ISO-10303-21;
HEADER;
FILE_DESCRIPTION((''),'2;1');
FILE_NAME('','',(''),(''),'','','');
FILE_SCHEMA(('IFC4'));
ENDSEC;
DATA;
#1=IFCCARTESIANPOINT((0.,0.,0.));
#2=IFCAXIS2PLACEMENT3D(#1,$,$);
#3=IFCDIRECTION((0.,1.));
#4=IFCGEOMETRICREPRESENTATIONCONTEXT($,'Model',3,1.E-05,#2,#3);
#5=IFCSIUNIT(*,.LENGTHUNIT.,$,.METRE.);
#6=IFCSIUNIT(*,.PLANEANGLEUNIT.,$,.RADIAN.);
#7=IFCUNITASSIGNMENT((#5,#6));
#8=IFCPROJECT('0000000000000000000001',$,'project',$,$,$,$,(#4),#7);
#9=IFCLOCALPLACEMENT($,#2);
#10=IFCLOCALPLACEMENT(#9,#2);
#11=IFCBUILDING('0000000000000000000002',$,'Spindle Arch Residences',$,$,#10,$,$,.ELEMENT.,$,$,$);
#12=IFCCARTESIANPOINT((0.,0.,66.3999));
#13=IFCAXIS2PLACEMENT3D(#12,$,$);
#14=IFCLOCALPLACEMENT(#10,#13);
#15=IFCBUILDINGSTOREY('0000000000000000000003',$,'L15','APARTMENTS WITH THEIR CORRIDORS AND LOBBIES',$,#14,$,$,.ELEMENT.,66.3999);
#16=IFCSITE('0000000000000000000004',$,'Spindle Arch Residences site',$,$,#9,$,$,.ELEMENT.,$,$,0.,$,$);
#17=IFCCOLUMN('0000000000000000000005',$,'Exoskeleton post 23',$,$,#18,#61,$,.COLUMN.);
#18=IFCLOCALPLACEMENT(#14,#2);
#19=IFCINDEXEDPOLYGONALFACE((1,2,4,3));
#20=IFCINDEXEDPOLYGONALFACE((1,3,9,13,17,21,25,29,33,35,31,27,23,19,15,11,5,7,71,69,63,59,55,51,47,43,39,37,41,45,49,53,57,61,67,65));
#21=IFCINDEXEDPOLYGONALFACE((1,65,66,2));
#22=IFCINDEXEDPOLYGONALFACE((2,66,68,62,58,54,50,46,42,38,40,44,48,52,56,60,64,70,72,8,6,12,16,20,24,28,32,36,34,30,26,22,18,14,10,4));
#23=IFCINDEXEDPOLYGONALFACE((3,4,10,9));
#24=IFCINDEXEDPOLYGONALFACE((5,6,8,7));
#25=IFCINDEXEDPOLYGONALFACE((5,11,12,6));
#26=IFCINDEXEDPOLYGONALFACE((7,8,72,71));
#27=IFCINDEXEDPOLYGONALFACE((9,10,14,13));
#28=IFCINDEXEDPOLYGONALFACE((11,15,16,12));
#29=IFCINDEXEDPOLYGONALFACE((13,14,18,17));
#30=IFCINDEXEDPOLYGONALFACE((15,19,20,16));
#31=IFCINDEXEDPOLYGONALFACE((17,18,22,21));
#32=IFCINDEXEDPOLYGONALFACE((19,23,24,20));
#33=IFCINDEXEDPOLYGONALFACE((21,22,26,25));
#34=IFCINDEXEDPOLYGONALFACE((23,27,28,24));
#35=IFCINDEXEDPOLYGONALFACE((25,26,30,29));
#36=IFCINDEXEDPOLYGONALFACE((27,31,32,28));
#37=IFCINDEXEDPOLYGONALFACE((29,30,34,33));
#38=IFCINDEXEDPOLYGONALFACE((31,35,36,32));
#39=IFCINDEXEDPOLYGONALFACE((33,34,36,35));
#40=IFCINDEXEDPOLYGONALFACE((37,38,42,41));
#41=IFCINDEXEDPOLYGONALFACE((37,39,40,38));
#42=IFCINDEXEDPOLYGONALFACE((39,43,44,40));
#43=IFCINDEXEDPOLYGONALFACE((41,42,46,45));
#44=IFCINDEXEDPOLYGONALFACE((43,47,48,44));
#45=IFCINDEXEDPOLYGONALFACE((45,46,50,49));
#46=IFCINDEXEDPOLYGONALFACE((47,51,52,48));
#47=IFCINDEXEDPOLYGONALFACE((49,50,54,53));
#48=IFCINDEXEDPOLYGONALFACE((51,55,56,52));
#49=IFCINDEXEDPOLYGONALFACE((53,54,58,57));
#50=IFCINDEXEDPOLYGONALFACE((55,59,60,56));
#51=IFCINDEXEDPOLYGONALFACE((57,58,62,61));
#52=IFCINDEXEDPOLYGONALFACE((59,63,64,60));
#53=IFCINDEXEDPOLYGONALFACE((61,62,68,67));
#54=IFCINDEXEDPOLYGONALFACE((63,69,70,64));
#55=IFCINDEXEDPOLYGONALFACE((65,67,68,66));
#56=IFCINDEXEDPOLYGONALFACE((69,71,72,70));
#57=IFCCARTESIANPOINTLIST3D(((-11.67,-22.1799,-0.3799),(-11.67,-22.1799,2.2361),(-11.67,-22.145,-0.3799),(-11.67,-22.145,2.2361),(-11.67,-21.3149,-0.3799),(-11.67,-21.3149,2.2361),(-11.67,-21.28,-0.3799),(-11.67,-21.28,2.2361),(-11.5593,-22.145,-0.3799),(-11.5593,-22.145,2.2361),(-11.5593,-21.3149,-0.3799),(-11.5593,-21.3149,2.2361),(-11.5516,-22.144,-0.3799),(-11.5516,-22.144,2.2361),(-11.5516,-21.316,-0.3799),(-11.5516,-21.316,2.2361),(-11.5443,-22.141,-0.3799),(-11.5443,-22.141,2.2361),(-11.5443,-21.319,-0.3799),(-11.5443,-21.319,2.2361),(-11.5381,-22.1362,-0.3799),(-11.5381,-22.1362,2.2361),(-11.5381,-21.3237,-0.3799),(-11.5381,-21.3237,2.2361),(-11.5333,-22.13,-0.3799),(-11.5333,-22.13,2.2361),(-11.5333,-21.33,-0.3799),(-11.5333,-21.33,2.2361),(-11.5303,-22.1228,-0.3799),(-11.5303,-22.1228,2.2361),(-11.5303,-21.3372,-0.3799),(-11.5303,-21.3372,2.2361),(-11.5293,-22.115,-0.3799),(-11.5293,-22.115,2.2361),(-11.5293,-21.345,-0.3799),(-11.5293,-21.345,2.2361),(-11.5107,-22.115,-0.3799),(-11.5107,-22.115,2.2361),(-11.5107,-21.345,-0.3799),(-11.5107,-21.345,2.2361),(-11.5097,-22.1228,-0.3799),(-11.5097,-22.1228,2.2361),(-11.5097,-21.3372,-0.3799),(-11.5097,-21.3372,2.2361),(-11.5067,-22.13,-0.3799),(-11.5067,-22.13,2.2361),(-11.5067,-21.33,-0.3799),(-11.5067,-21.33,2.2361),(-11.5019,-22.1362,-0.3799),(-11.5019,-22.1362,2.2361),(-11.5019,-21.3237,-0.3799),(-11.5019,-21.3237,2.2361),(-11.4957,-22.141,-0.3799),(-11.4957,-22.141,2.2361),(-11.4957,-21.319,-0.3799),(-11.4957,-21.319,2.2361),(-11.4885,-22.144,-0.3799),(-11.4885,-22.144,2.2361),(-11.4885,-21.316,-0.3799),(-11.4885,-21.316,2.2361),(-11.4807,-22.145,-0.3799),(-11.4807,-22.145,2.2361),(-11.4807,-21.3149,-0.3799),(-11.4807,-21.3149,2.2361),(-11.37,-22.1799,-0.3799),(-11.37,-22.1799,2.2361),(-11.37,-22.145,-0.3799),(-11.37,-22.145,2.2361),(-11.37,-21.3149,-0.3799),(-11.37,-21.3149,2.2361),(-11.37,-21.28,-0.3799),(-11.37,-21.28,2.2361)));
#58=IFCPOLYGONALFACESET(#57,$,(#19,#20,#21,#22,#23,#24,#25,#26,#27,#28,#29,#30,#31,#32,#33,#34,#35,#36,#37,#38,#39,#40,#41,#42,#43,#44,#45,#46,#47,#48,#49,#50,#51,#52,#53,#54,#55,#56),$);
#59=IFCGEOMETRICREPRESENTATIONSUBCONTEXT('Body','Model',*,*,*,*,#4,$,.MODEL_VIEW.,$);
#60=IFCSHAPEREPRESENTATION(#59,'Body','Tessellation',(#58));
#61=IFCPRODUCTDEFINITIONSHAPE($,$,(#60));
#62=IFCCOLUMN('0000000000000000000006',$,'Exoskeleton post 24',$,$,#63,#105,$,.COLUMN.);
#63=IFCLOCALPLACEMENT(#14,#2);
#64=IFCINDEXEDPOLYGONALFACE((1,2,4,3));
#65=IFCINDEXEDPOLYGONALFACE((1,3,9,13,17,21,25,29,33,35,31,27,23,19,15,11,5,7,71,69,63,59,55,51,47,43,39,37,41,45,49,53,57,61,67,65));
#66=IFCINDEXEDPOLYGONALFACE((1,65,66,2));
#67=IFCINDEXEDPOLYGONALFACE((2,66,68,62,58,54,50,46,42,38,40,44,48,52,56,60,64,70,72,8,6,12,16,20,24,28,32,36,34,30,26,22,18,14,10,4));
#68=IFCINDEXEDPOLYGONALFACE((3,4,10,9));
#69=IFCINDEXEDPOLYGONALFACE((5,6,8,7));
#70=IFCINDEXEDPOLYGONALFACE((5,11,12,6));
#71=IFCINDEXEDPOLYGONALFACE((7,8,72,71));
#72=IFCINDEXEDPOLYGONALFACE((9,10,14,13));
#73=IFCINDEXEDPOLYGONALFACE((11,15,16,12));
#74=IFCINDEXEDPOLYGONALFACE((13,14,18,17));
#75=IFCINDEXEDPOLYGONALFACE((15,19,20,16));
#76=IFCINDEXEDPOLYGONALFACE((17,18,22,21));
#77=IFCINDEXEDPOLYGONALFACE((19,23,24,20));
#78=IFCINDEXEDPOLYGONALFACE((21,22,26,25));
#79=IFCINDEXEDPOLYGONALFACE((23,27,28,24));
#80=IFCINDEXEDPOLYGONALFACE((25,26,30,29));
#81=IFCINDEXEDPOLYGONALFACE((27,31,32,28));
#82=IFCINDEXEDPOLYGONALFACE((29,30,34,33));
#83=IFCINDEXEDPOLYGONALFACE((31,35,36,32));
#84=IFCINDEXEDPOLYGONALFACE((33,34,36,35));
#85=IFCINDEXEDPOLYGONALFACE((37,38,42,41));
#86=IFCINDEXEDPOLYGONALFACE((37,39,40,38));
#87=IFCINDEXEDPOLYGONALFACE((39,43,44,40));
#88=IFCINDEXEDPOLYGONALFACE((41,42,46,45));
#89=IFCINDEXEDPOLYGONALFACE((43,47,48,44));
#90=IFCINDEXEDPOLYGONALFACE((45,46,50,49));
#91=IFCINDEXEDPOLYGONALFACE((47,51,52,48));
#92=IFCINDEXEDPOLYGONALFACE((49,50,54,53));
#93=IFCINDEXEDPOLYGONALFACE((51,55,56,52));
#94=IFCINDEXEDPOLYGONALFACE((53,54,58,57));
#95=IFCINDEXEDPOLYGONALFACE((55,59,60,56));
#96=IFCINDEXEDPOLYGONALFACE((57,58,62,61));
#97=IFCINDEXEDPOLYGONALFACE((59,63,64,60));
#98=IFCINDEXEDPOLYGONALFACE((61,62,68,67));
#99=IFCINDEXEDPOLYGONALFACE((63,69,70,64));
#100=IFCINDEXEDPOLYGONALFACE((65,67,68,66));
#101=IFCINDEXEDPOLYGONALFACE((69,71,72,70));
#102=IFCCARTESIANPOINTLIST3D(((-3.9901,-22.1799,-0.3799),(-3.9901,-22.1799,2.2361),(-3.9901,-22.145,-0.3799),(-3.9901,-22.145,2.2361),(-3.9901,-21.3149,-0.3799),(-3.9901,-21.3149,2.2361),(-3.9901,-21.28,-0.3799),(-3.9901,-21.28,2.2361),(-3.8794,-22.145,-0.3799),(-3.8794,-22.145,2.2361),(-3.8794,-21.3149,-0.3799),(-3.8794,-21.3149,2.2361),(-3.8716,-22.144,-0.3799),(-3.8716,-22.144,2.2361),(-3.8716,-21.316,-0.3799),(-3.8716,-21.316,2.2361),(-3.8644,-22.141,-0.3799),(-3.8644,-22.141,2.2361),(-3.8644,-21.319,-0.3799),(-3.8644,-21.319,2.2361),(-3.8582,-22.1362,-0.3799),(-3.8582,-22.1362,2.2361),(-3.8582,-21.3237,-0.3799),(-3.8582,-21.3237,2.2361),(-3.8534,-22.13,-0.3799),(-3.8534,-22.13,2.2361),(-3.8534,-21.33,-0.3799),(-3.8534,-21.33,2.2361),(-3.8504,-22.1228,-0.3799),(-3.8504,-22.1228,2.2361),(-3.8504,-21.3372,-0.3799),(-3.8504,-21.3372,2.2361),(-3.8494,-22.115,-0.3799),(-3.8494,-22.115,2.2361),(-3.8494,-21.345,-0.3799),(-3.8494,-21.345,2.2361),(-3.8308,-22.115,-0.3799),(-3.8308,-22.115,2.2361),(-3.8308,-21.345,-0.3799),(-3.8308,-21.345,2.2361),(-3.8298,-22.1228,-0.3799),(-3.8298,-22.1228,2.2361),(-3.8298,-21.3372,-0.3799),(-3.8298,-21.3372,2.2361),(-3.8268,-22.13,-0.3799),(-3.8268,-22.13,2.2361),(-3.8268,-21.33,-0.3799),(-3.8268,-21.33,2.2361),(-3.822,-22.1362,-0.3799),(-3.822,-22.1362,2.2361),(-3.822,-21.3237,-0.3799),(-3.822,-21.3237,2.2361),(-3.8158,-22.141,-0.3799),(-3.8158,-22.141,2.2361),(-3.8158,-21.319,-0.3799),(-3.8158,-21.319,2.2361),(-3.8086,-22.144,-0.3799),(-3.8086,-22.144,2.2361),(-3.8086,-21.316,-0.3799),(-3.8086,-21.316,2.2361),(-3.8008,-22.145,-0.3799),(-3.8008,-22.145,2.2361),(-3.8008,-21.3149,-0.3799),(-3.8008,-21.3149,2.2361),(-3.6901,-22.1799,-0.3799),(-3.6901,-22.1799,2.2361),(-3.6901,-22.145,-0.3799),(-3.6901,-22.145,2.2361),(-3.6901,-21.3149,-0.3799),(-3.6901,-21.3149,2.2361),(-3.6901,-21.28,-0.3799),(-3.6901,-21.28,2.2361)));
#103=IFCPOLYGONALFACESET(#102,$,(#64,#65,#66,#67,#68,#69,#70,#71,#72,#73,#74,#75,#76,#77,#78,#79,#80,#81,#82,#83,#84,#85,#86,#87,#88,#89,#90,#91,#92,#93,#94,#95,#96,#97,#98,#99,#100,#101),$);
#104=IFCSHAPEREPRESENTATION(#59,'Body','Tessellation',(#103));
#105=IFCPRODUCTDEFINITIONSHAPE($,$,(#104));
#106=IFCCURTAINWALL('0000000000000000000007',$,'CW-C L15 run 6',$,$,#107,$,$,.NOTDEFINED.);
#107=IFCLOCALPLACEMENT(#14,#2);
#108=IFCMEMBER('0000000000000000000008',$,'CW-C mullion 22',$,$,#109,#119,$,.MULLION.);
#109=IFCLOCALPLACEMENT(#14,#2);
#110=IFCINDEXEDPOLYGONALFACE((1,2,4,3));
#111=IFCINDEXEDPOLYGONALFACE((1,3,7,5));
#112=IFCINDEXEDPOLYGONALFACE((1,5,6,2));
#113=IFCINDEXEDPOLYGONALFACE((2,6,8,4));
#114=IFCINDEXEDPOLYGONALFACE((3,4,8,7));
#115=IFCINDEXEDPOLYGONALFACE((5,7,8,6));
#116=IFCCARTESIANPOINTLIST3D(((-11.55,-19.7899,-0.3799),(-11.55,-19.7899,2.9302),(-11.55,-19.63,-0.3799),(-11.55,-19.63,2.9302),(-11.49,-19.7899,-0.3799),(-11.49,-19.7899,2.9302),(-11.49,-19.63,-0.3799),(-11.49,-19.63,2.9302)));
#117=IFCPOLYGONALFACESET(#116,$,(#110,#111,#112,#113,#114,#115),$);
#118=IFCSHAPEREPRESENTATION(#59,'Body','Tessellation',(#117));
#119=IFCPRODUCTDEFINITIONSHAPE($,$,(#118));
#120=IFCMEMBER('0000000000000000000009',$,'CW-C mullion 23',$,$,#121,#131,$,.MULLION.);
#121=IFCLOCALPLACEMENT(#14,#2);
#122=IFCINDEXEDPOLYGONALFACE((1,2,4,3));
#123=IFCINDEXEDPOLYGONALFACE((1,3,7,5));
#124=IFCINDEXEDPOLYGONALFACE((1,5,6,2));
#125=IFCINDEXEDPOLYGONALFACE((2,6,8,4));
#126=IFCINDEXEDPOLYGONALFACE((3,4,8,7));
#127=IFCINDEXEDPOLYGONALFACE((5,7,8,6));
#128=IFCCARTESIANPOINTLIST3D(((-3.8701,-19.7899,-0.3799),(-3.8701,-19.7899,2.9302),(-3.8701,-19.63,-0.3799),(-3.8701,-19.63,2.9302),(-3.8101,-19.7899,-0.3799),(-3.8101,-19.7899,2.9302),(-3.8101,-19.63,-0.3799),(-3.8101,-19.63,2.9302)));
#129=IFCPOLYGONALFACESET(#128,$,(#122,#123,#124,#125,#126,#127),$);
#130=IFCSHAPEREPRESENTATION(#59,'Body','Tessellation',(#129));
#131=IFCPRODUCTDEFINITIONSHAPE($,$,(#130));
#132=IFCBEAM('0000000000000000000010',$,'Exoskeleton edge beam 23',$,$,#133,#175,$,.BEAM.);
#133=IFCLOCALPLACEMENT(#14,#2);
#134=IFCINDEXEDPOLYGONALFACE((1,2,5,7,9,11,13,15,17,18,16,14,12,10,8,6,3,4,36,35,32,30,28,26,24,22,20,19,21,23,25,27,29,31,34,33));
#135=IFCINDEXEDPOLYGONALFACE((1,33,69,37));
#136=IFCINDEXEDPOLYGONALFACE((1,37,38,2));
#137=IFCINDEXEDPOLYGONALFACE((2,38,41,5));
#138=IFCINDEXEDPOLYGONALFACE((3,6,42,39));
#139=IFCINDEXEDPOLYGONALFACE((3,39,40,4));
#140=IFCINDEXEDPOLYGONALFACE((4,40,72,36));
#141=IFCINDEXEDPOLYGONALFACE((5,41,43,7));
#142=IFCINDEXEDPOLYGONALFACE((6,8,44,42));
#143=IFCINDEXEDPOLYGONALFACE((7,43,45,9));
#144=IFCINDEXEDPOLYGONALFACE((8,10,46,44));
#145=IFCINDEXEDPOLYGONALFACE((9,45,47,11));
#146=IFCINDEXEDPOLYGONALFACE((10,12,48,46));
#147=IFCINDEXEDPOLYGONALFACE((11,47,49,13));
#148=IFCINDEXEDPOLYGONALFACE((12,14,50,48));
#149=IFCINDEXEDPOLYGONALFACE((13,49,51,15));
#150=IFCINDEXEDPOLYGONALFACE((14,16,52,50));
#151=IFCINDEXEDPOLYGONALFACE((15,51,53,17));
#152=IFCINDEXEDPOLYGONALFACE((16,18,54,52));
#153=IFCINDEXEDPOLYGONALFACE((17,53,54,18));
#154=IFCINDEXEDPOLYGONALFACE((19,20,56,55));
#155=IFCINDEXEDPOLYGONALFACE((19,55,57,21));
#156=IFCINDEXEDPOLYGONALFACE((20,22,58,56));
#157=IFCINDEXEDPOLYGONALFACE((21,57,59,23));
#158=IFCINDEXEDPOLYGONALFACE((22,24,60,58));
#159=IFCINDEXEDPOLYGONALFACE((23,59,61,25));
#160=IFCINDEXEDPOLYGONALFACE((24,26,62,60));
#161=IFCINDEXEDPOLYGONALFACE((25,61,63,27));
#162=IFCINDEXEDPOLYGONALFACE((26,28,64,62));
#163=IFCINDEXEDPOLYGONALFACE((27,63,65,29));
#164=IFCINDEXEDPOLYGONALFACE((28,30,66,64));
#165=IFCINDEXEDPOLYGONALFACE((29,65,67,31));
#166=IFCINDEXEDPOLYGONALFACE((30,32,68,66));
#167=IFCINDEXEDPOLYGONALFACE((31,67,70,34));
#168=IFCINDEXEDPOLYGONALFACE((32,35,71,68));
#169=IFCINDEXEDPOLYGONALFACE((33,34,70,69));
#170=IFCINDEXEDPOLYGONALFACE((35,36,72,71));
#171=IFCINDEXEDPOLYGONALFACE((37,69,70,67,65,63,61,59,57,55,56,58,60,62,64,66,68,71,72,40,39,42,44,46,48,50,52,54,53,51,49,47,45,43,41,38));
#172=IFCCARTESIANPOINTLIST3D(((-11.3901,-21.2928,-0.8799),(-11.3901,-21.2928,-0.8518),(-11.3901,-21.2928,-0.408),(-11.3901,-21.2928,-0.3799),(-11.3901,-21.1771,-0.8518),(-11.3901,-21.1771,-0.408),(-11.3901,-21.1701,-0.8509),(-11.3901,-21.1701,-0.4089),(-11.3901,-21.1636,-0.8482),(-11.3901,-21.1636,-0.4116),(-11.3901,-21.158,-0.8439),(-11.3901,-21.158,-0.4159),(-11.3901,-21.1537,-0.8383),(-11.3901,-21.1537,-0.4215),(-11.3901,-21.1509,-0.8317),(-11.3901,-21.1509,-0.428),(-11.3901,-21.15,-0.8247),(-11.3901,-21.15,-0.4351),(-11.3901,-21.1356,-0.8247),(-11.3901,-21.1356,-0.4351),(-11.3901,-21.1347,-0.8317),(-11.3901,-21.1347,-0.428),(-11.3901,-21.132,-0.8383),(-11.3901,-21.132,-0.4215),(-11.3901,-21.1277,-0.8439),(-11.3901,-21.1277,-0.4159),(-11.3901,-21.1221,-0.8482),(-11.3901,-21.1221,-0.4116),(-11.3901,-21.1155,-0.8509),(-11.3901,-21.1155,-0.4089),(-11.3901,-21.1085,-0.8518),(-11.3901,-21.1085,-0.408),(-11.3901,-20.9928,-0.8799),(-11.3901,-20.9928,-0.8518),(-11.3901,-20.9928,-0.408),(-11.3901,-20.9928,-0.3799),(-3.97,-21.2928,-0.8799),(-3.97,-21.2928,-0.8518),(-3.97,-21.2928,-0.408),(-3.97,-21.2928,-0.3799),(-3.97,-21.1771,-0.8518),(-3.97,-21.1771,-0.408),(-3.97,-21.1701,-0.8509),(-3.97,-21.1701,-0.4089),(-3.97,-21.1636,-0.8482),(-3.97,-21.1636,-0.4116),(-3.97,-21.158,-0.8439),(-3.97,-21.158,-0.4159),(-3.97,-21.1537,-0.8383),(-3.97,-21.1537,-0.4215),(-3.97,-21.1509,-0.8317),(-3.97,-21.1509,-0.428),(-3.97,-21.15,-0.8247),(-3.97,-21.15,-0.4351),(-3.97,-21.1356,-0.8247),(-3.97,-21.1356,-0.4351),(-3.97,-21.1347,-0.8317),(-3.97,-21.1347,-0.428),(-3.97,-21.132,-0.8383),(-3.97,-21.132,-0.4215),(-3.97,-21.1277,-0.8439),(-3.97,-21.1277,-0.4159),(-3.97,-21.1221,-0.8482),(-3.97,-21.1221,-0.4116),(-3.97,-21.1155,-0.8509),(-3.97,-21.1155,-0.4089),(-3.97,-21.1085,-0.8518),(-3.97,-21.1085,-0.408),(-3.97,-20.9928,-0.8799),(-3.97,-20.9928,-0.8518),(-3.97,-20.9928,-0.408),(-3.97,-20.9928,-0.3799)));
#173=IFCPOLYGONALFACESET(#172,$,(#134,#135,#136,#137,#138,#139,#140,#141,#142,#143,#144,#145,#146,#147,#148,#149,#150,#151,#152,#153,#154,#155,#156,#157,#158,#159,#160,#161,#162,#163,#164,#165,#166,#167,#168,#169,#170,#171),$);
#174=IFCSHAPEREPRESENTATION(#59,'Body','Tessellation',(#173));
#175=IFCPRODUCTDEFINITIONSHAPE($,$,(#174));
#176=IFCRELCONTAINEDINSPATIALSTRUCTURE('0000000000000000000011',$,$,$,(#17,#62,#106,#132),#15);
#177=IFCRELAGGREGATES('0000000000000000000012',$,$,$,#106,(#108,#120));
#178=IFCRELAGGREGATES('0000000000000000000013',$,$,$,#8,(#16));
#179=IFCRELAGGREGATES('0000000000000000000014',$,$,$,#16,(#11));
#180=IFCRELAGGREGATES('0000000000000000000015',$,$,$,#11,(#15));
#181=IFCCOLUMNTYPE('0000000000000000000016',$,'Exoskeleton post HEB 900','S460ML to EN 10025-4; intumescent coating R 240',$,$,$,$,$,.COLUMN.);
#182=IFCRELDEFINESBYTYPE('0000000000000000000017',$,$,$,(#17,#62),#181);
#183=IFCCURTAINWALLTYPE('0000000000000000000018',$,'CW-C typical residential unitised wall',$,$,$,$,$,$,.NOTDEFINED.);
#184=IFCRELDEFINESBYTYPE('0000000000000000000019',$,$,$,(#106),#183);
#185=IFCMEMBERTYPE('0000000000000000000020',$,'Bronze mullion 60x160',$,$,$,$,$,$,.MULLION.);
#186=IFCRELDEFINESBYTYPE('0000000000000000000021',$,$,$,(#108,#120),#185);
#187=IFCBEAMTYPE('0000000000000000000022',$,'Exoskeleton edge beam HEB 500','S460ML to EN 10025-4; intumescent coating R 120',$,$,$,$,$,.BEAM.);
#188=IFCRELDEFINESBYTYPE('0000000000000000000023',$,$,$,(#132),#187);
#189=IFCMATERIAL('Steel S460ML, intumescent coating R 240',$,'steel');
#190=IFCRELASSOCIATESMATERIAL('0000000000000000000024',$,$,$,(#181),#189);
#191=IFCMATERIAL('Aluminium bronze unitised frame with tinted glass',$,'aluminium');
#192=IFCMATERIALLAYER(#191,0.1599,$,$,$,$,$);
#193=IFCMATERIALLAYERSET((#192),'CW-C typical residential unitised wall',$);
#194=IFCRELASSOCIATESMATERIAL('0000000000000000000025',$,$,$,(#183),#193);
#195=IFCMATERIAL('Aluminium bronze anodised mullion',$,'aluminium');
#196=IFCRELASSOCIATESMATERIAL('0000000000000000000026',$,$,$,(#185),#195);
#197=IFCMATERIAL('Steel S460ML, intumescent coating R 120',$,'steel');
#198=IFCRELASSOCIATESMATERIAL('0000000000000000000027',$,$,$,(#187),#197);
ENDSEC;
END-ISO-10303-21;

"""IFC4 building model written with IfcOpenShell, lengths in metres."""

from ifc_helpers import new_model, si_unit, direction, frame, origin, origin_2d, place, context, subcontext, project, spatial, rectangle, i_section, extrude, material, layer, layer_set, material_profile, profile_set, type_object, element, aggregate, save


model = new_model("IFC4")

# Units and contexts
model_context = context("Model", 3, precision=1e-05, world=origin(), true_north=direction((0.0, 1.0)))
body_context = subcontext(model_context, "Body", "Model", "MODEL_VIEW")
ifc_project = project(units=[si_unit("LENGTHUNIT", "METRE"), si_unit("PLANEANGLEUNIT", "RADIAN")], contexts=[model_context])

# Site, building, storey
site_placement = place(None, origin())
site = spatial("IfcSite", under=ifc_project, at=site_placement, Name="Spindle Arch Residences site", CompositionType="ELEMENT", RefElevation=0.0)
building_placement = place(site_placement, origin())
building = spatial("IfcBuilding", under=site, at=building_placement, Name="Spindle Arch Residences", CompositionType="ELEMENT")
storey_placement = place(building_placement, frame((0.0, 0.0, 66.3999)))
storey = spatial("IfcBuildingStorey", under=building, at=storey_placement, Name="L15", Description="APARTMENTS WITH THEIR CORRIDORS AND LOBBIES", CompositionType="ELEMENT", Elevation=66.3999)

# Columns
ifc_material_1 = material(Name="Steel S460ML, intumescent coating R 240", Category="steel")
ifc_material_profile_1 = material_profile(ifc_material_1, i_section(OverallWidth=0.3, OverallDepth=0.8999, WebThickness=0.0186, FlangeThickness=0.0349, FilletRadius=0.03, at=origin_2d()), Name="HEB 900")
ifc_profile_set_1 = profile_set([ifc_material_profile_1], Name="Steel S460ML, intumescent coating R 240")
column_type = type_object("IfcColumnType", Name="Exoskeleton post HEB 900", Description="S460ML to EN 10025-4; intumescent coating R 240", PredefinedType="COLUMN", material=ifc_profile_set_1)
for number, where, z_axis, x_axis, name in (
    (1, (-11.52, -21.73, -0.3799), (0.0, 0.0, 1.0), (-1.0, 0.0, 0.0), "Exoskeleton post 23"),
    (2, (-3.8401, -21.73, -0.3799), (0.0, 0.0, 1.0), (-1.0, 0.0, 0.0), "Exoskeleton post 24"),
):
    element("IfcColumn", number, at=place(storey_placement, frame(where, z_axis=z_axis, x_axis=x_axis)), inside=storey, type_object=column_type, Name=name, PredefinedType="COLUMN", context=body_context, shape_type="SweptSolid", body=[
        extrude(i_section(OverallWidth=0.3, OverallDepth=0.8999, WebThickness=0.0186, FlangeThickness=0.0349, FilletRadius=0.03, at=origin_2d()), origin(), (0.0, 0.0, 1.0), 2.616),
    ])

# Curtain wall, members
ifc_material_2 = material(Name="Aluminium bronze unitised frame with tinted glass", Category="aluminium")
ifc_layer_1 = layer(ifc_material_2, 0.1599)
ifc_layer_set_1 = layer_set([ifc_layer_1], Name="CW-C typical residential unitised wall")
curtain_wall_type = type_object("IfcCurtainWallType", Name="CW-C typical residential unitised wall", PredefinedType="NOTDEFINED", material=ifc_layer_set_1)
curtain_wall_placement = place(storey_placement, origin())
curtain_wall = element("IfcCurtainWall", 3, at=curtain_wall_placement, inside=storey, type_object=curtain_wall_type, Name="CW-C L15 run 6", PredefinedType="NOTDEFINED")
ifc_material_3 = material(Name="Aluminium bronze anodised mullion", Category="aluminium")
ifc_material_profile_2 = material_profile(ifc_material_3, rectangle(XDim=0.1599, YDim=0.0601, at=origin_2d()), Name="MU 60x160")
ifc_profile_set_2 = profile_set([ifc_material_profile_2], Name="Aluminium bronze anodised mullion")
member_type = type_object("IfcMemberType", Name="Bronze mullion 60x160", PredefinedType="MULLION", material=ifc_profile_set_2)
member_1_placement = place(storey_placement, frame((-11.52, -19.71, -0.3799), z_axis=(0.0, 0.0, 1.0), x_axis=(0.0, 1.0, 0.0)))
member_1 = element("IfcMember", 4, at=member_1_placement, type_object=member_type, Name="CW-C mullion 22", PredefinedType="MULLION", context=body_context, shape_type="SweptSolid", body=[
    extrude(rectangle(XDim=0.1599, YDim=0.0601, at=origin_2d()), origin(), (0.0, 0.0, 1.0), 3.3101),
])
member_2_placement = place(storey_placement, frame((-3.8401, -19.71, -0.3799), z_axis=(0.0, 0.0, 1.0), x_axis=(0.0, 1.0, 0.0)))
member_2 = element("IfcMember", 5, at=member_2_placement, type_object=member_type, Name="CW-C mullion 23", PredefinedType="MULLION", context=body_context, shape_type="SweptSolid", body=[
    extrude(rectangle(XDim=0.1599, YDim=0.0601, at=origin_2d()), origin(), (0.0, 0.0, 1.0), 3.3101),
])

# Beam
ifc_material_4 = material(Name="Steel S460ML, intumescent coating R 120", Category="steel")
ifc_material_profile_3 = material_profile(ifc_material_4, i_section(OverallWidth=0.3, OverallDepth=0.5, WebThickness=0.0144, FlangeThickness=0.0281, FilletRadius=0.0271, at=origin_2d()), Name="HEB 500")
ifc_profile_set_3 = profile_set([ifc_material_profile_3], Name="Steel S460ML, intumescent coating R 120")
beam_type_1 = type_object("IfcBeamType", Name="Exoskeleton edge beam HEB 500", Description="S460ML to EN 10025-4; intumescent coating R 120", PredefinedType="BEAM", material=ifc_profile_set_3)
beam_1_placement = place(storey_placement, frame((-11.3901, -21.1428, -0.6299), z_axis=(1.0, 0.0, 0.0), x_axis=(0.0, 1.0, 0.0)))
element("IfcBeam", 6, at=beam_1_placement, inside=storey, type_object=beam_type_1, Name="Exoskeleton edge beam 23", PredefinedType="BEAM", context=body_context, shape_type="SweptSolid", body=[
    extrude(i_section(OverallWidth=0.3, OverallDepth=0.5, WebThickness=0.0144, FlangeThickness=0.0281, FilletRadius=0.0271, at=origin_2d()), origin(), (0.0, 0.0, 1.0), 7.4202),
])

aggregate(curtain_wall, [member_1, member_2])

save(model, "model.ifc")
